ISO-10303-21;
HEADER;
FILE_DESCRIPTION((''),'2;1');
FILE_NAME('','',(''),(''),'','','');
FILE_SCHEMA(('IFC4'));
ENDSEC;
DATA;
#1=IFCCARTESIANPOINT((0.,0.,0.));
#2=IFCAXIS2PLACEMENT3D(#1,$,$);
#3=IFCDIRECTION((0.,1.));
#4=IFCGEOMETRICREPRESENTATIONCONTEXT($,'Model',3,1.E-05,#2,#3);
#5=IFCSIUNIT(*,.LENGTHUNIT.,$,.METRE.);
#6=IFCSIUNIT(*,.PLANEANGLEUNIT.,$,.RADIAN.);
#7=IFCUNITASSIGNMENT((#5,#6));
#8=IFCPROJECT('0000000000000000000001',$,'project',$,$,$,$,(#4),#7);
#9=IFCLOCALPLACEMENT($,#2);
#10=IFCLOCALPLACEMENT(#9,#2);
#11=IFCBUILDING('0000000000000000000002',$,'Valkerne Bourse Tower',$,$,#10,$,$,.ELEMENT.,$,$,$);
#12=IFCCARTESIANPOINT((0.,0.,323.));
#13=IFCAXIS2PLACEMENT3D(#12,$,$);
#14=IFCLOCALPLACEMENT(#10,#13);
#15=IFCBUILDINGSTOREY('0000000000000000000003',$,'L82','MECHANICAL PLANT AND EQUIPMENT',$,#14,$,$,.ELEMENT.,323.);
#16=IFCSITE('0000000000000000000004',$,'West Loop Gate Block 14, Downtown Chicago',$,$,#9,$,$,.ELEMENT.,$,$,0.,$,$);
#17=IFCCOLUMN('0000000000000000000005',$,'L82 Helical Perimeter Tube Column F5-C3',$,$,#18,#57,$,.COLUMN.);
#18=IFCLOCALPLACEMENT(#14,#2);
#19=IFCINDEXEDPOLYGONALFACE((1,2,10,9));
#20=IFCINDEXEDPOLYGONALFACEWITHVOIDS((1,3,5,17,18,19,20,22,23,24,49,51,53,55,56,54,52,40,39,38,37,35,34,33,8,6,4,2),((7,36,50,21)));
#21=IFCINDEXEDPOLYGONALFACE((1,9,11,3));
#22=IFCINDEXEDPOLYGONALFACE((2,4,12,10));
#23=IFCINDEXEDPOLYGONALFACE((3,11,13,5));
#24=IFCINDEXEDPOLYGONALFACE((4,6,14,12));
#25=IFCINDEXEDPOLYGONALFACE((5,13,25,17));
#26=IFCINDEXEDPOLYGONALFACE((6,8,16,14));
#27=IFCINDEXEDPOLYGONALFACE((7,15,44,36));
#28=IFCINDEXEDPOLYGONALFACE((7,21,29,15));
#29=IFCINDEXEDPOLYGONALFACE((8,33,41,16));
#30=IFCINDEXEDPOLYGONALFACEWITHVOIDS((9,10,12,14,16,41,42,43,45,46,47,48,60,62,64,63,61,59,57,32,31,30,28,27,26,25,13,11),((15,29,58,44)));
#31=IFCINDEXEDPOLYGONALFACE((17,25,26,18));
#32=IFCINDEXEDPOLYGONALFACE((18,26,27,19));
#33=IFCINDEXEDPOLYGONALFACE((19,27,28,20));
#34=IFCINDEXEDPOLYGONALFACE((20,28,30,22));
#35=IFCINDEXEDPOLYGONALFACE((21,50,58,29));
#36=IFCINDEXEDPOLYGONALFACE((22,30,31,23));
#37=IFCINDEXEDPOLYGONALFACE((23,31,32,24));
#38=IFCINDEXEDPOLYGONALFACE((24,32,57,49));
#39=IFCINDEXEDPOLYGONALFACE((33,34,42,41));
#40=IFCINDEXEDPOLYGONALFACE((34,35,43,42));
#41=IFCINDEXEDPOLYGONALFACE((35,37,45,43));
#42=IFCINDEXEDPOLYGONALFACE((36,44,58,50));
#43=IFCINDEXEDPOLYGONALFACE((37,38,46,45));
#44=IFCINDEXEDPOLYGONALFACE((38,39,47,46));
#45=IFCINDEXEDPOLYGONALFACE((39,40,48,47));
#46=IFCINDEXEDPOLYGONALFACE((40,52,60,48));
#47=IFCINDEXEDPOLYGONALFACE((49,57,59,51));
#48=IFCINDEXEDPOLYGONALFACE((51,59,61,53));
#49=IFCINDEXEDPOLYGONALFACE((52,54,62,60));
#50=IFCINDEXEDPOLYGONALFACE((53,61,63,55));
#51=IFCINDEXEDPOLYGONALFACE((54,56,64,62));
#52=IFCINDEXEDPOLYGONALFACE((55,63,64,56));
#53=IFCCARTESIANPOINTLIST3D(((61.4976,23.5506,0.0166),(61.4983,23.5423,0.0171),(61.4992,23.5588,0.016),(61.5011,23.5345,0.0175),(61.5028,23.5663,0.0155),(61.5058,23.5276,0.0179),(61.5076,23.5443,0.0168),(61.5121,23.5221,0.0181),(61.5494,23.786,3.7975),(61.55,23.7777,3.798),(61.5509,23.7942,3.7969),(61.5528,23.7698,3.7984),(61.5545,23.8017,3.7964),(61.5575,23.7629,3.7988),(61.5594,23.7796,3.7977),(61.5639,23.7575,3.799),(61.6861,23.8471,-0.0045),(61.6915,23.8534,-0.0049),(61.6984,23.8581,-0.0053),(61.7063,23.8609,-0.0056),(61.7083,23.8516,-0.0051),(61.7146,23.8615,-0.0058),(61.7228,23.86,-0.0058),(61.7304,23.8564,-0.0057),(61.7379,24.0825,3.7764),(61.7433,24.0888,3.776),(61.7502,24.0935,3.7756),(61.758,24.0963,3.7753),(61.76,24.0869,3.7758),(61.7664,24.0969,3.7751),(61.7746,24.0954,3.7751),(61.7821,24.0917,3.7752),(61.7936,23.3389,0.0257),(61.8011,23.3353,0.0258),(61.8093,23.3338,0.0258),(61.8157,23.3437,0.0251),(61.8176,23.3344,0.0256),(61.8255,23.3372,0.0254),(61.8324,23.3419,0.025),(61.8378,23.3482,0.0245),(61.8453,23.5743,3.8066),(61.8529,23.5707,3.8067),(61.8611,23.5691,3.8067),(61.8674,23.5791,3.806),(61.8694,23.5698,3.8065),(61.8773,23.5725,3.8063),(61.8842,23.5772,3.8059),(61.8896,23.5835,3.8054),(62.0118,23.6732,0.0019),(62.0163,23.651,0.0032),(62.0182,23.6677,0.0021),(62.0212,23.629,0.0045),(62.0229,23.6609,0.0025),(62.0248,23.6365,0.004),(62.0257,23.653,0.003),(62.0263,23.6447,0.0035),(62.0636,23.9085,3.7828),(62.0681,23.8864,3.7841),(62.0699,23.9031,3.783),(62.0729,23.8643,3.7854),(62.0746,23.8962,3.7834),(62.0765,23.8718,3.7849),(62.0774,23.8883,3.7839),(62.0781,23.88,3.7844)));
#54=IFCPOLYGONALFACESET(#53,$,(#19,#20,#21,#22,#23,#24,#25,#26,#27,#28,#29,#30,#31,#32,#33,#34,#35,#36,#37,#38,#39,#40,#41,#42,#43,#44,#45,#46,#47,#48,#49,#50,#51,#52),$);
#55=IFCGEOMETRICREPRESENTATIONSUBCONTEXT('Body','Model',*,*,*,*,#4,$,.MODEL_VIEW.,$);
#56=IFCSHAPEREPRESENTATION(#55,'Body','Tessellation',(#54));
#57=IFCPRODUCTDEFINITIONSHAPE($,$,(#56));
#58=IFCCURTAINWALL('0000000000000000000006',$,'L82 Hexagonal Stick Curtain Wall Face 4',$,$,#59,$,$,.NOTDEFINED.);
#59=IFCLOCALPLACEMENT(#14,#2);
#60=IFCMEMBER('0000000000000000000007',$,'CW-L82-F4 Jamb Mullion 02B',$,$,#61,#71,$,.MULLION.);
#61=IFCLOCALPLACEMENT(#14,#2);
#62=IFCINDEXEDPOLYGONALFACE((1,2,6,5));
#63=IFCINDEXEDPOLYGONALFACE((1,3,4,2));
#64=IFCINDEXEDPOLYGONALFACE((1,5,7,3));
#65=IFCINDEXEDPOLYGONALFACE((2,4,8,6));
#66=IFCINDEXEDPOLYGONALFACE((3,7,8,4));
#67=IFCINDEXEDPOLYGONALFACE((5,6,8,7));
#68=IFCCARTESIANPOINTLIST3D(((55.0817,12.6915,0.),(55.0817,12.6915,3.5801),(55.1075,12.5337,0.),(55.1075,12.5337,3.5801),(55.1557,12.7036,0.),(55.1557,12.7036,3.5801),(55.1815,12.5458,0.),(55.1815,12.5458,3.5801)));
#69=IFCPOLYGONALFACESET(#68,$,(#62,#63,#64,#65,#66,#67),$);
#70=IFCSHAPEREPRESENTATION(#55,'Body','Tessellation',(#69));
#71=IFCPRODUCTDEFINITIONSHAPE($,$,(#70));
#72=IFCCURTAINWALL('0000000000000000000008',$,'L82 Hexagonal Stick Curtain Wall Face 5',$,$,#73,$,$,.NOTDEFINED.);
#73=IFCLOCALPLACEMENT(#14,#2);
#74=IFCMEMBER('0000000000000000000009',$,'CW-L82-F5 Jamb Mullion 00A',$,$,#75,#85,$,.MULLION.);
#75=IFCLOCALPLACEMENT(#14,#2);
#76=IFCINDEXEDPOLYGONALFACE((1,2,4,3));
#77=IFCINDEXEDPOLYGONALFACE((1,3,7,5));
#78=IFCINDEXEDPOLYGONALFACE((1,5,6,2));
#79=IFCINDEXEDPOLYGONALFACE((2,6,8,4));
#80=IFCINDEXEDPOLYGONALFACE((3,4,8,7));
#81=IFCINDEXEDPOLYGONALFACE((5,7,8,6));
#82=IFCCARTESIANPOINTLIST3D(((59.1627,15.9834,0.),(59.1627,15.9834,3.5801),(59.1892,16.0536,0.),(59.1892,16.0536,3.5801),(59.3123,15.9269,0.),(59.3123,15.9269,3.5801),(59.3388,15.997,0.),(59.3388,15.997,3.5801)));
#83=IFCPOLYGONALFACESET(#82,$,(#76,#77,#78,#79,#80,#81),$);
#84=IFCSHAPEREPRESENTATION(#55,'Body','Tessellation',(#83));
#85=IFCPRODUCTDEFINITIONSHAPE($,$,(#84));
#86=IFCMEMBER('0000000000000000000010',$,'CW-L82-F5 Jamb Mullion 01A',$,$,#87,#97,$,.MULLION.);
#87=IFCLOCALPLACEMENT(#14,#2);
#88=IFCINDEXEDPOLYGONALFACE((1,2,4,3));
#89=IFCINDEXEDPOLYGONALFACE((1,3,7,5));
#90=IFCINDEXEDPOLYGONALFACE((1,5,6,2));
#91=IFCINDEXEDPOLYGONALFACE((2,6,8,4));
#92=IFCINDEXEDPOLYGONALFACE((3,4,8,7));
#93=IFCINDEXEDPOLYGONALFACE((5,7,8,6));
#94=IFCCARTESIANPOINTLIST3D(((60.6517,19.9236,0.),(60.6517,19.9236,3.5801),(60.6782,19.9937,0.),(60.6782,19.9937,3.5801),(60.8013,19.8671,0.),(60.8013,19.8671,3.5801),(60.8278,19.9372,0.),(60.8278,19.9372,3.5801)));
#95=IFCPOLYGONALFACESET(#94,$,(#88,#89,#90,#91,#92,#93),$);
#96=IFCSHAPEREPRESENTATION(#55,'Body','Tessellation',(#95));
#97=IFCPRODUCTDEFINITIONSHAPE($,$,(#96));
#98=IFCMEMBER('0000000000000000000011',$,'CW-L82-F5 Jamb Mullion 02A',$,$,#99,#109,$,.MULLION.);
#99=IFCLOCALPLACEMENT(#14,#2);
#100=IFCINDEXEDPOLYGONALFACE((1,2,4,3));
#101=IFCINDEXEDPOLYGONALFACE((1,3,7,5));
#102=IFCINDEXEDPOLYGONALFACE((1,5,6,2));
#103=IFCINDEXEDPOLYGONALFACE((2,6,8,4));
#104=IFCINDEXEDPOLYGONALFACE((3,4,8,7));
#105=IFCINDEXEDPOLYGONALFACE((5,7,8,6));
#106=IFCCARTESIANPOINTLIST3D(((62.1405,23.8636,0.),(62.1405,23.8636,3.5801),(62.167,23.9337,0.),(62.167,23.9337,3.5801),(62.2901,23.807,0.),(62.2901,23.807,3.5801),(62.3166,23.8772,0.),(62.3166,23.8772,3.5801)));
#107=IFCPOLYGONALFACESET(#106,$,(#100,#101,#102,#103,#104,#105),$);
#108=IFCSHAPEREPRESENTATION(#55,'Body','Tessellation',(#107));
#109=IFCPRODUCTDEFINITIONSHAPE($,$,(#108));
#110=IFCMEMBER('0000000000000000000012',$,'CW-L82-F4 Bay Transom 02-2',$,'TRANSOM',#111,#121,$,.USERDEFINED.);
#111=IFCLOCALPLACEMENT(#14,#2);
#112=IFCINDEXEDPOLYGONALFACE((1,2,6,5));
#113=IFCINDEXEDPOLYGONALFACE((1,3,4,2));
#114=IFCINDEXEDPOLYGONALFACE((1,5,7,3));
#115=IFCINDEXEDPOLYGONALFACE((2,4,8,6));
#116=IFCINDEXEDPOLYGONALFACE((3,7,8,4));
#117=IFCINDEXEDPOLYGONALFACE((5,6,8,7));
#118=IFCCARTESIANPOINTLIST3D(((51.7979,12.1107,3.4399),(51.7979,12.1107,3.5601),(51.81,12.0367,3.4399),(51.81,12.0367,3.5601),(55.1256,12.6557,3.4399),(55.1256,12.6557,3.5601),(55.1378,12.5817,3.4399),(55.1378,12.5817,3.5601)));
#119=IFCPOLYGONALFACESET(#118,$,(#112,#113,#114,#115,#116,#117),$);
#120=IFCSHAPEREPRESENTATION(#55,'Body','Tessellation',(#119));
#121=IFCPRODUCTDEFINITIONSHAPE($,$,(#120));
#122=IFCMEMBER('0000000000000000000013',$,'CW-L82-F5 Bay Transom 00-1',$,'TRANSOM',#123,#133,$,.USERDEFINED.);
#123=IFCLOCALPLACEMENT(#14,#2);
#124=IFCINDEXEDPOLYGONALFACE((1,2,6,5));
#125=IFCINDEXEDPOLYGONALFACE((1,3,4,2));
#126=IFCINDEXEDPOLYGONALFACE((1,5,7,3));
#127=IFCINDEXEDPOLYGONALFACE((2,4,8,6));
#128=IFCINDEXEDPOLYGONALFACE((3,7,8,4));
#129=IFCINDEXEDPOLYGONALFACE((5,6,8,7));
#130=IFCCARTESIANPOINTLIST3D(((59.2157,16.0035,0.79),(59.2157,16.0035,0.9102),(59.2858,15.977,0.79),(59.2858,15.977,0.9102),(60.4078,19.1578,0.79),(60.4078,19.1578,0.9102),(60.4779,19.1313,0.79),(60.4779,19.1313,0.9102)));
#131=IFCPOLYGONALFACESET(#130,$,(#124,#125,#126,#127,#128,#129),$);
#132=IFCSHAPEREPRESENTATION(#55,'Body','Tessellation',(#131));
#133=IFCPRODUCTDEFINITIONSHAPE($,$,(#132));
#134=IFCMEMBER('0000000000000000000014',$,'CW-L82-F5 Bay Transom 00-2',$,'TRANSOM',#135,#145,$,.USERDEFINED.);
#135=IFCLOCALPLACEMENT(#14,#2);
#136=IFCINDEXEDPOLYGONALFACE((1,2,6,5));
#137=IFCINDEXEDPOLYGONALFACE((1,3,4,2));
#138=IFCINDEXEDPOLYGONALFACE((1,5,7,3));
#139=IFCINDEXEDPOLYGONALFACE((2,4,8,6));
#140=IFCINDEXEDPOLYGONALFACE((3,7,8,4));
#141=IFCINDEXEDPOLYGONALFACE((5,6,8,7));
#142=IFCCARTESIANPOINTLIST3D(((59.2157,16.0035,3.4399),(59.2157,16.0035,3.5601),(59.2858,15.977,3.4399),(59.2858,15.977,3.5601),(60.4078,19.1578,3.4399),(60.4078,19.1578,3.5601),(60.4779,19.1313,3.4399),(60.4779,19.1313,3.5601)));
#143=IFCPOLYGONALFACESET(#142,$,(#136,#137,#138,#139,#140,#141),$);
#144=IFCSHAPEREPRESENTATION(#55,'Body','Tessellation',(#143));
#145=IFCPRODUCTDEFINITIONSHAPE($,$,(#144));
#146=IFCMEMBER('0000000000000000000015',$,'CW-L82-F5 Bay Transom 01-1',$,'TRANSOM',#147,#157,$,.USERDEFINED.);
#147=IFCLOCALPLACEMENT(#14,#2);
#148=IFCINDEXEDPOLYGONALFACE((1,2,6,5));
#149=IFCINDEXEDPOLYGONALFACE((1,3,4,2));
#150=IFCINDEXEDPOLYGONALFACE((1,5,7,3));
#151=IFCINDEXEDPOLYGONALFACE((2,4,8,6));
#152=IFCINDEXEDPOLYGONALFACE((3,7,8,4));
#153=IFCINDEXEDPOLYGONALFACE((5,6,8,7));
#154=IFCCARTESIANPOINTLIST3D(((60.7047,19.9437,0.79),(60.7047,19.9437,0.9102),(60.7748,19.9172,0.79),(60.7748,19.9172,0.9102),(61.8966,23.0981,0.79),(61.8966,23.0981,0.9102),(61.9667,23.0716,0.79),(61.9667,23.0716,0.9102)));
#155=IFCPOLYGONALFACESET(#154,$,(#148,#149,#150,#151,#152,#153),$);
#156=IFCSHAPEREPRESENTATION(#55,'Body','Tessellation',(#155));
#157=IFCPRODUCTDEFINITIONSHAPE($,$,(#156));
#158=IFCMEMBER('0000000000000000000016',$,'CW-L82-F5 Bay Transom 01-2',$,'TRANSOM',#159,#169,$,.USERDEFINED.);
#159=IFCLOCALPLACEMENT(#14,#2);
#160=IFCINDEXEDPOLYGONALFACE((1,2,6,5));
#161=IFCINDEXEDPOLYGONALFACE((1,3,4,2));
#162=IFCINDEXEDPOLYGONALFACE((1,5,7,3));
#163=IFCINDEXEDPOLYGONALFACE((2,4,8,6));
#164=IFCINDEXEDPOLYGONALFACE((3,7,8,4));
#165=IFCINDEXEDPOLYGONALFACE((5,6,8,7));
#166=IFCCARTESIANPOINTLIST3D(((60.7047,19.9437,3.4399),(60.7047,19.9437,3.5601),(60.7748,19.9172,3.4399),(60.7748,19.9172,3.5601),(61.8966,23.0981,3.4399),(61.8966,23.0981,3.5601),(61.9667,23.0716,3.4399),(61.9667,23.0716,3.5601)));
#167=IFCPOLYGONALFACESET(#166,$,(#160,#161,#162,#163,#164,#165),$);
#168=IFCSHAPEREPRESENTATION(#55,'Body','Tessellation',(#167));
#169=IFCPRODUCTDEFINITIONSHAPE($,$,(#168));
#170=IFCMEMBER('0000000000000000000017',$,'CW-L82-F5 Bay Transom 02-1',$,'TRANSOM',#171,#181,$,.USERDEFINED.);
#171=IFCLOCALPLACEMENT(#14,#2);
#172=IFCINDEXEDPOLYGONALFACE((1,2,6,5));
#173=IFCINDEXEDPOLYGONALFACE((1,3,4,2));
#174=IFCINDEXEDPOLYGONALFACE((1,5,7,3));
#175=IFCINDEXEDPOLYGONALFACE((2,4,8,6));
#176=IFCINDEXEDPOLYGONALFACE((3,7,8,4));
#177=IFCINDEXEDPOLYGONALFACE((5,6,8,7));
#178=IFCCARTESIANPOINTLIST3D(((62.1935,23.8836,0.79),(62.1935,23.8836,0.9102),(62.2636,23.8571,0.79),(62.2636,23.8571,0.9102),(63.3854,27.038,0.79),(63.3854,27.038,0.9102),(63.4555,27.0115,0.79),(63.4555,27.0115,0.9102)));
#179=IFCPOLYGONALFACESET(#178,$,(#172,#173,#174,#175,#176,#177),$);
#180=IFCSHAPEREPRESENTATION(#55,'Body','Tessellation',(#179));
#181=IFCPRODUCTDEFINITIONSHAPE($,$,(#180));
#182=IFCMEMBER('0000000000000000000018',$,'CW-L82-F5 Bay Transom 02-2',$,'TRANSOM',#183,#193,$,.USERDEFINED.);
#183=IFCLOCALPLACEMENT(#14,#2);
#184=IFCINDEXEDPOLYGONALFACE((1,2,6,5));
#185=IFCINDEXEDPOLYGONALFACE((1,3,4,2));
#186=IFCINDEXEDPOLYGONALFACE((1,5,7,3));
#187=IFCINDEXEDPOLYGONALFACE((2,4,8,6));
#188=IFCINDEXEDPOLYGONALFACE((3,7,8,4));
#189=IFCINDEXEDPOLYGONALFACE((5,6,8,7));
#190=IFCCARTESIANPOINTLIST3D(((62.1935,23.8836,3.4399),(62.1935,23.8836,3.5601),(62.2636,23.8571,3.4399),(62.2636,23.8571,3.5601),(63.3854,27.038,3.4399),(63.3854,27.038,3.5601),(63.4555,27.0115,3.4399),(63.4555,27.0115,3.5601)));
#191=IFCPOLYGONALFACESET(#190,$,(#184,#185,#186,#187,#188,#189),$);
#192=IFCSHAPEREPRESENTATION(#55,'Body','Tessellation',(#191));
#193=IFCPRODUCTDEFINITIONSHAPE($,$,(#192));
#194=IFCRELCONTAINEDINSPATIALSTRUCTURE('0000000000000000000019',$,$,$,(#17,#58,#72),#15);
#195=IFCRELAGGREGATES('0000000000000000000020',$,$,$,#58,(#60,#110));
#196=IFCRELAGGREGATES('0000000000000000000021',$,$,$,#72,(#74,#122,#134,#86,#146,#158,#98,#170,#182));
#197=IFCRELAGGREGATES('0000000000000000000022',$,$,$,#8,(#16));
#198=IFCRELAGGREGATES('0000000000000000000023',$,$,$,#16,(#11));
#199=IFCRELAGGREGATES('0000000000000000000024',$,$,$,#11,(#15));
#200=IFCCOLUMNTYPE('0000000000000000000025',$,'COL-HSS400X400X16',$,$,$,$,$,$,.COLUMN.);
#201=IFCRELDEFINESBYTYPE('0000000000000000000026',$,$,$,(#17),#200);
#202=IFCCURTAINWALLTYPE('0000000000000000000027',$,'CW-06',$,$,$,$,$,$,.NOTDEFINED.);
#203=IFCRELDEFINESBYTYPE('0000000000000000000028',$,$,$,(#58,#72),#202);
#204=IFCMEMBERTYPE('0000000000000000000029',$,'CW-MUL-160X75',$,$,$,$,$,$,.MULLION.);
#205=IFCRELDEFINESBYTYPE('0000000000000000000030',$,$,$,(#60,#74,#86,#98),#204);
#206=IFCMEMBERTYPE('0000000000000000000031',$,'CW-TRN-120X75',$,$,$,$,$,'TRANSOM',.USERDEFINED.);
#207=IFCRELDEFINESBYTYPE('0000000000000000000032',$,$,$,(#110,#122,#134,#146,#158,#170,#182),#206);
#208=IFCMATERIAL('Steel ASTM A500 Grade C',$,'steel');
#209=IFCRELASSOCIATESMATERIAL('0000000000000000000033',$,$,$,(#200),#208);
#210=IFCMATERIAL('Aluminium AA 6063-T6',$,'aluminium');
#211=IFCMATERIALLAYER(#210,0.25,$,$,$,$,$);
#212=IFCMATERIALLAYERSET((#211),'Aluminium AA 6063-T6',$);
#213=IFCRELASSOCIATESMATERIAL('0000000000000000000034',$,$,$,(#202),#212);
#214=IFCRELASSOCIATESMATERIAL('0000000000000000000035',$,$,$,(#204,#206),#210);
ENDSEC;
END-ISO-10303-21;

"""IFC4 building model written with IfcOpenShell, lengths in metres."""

from ifc_helpers import new_model, si_unit, direction, frame, origin, origin_2d, place, context, subcontext, project, spatial, rectangle, hollow_rectangle, extrude, material, layer, layer_set, material_profile, profile_set, type_object, element, aggregate, save


model = new_model("IFC4")

# Units and contexts
model_context = context("Model", 3, precision=1e-05, world=origin(), true_north=direction((0.0, 1.0)))
body_context = subcontext(model_context, "Body", "Model", "MODEL_VIEW")
ifc_project = project(units=[si_unit("LENGTHUNIT", "METRE"), si_unit("PLANEANGLEUNIT", "RADIAN")], contexts=[model_context])

# Site, building, storey
site_placement = place(None, origin())
site = spatial("IfcSite", under=ifc_project, at=site_placement, Name="West Loop Gate Block 14, Downtown Chicago", CompositionType="ELEMENT", RefElevation=0.0)
building_placement = place(site_placement, origin())
building = spatial("IfcBuilding", under=site, at=building_placement, Name="Valkerne Bourse Tower", CompositionType="ELEMENT")
storey_placement = place(building_placement, frame((0.0, 0.0, 323.0)))
storey = spatial("IfcBuildingStorey", under=building, at=storey_placement, Name="L82", Description="MECHANICAL PLANT AND EQUIPMENT", CompositionType="ELEMENT", Elevation=323.0)

# Column
ifc_material_1 = material(Name="Steel ASTM A500 Grade C", Category="steel")
ifc_material_profile_1 = material_profile(ifc_material_1, hollow_rectangle(XDim=0.3999, YDim=0.3999, WallThickness=0.0161, OuterFilletRadius=0.032, at=origin_2d()), Name="HSS400X400X16")
ifc_profile_set_1 = profile_set([ifc_material_profile_1], Name="Steel ASTM A500 Grade C")
column_type = type_object("IfcColumnType", Name="COL-HSS400X400X16", PredefinedType="COLUMN", material=ifc_profile_set_1)
for number, where, z_axis, x_axis, name in (
    (1, (61.762, 23.5977, 0.01), (0.013661, 0.06212, 0.997975), (-0.545737, -0.835841, 0.059498), "L82 Helical Perimeter Tube Column F5-C3"),
):
    element("IfcColumn", number, at=place(storey_placement, frame(where, z_axis=z_axis, x_axis=x_axis)), inside=storey, type_object=column_type, Name=name, PredefinedType="COLUMN", context=body_context, shape_type="SweptSolid", body=[
        extrude(hollow_rectangle(XDim=0.3999, YDim=0.3999, WallThickness=0.0161, OuterFilletRadius=0.032, at=origin_2d()), origin(), (0.0, 0.0, 1.0), 3.7886),
    ])

# Curtain wall, member
ifc_material_2 = material(Name="Aluminium AA 6063-T6", Category="aluminium")
ifc_layer_1 = layer(ifc_material_2, 0.25)
ifc_layer_set_1 = layer_set([ifc_layer_1], Name="Aluminium AA 6063-T6")
curtain_wall_type = type_object("IfcCurtainWallType", Name="CW-06", PredefinedType="NOTDEFINED", material=ifc_layer_set_1)
curtain_wall_1_placement = place(storey_placement, origin())
curtain_wall_1 = element("IfcCurtainWall", 2, at=curtain_wall_1_placement, inside=storey, type_object=curtain_wall_type, Name="L82 Hexagonal Stick Curtain Wall Face 4", PredefinedType="NOTDEFINED")
ifc_material_profile_2 = material_profile(ifc_material_2, rectangle(XDim=0.075, YDim=0.1599, at=origin_2d()), Name="CWM-75X160")
ifc_profile_set_2 = profile_set([ifc_material_profile_2], Name="Aluminium AA 6063-T6")
member_type_1 = type_object("IfcMemberType", Name="CW-MUL-160X75", PredefinedType="MULLION", material=ifc_profile_set_2)
member_1_placement = place(storey_placement, frame((55.1316, 12.6187, 0.0), z_axis=(0.0, 0.0, 1.0), x_axis=(0.986858, 0.161588, 0.0)))
member_1 = element("IfcMember", 3, at=member_1_placement, type_object=member_type_1, Name="CW-L82-F4 Jamb Mullion 02B", PredefinedType="MULLION", context=body_context, shape_type="SweptSolid", body=[
    extrude(rectangle(XDim=0.075, YDim=0.1599, at=origin_2d()), origin(), (0.0, 0.0, 1.0), 3.5801),
])

# Curtain wall, members
curtain_wall_2_placement = place(storey_placement, origin())
curtain_wall_2 = element("IfcCurtainWall", 4, at=curtain_wall_2_placement, inside=storey, type_object=curtain_wall_type, Name="L82 Hexagonal Stick Curtain Wall Face 5", PredefinedType="NOTDEFINED")
member_2_placement = place(storey_placement, frame((59.2507, 15.9902, 0.0), z_axis=(0.0, 0.0, 1.0), x_axis=(0.353487, 0.935439, 0.0)))
member_2 = element("IfcMember", 5, at=member_2_placement, type_object=member_type_1, Name="CW-L82-F5 Jamb Mullion 00A", PredefinedType="MULLION", context=body_context, shape_type="SweptSolid", body=[
    extrude(rectangle(XDim=0.075, YDim=0.1599, at=origin_2d()), origin(), (0.0, 0.0, 1.0), 3.5801),
])
member_3_placement = place(storey_placement, frame((60.7397, 19.9304, 0.0), z_axis=(0.0, 0.0, 1.0), x_axis=(0.353467, 0.935447, 0.0)))
member_3 = element("IfcMember", 6, at=member_3_placement, type_object=member_type_1, Name="CW-L82-F5 Jamb Mullion 01A", PredefinedType="MULLION", context=body_context, shape_type="SweptSolid", body=[
    extrude(rectangle(XDim=0.075, YDim=0.1599, at=origin_2d()), origin(), (0.0, 0.0, 1.0), 3.5801),
])
member_4_placement = place(storey_placement, frame((62.2285, 23.8704, 0.0), z_axis=(0.0, 0.0, 1.0), x_axis=(0.353467, 0.935447, 0.0)))
member_4 = element("IfcMember", 7, at=member_4_placement, type_object=member_type_1, Name="CW-L82-F5 Jamb Mullion 02A", PredefinedType="MULLION", context=body_context, shape_type="SweptSolid", body=[
    extrude(rectangle(XDim=0.075, YDim=0.1599, at=origin_2d()), origin(), (0.0, 0.0, 1.0), 3.5801),
])

# Members
ifc_material_profile_3 = material_profile(ifc_material_2, rectangle(XDim=0.075, YDim=0.1201, at=origin_2d()), Name="CWT-75X120")
ifc_profile_set_3 = profile_set([ifc_material_profile_3], Name="Aluminium AA 6063-T6")
member_type_2 = type_object("IfcMemberType", Name="CW-TRN-120X75", ElementType="TRANSOM", PredefinedType="USERDEFINED", material=ifc_profile_set_3)
member_5_placement = place(storey_placement, frame((51.804, 12.0737, 3.5), z_axis=(0.986856, 0.161604, 0.0), x_axis=(-0.161604, 0.986856, 0.0)))
member_5 = element("IfcMember", 8, at=member_5_placement, type_object=member_type_2, Name="CW-L82-F4 Bay Transom 02-2", ObjectType="TRANSOM", PredefinedType="USERDEFINED", context=body_context, shape_type="SweptSolid", body=[
    extrude(rectangle(XDim=0.075, YDim=0.1201, at=origin_2d()), origin(), (0.0, 0.0, 1.0), 3.3721),
])
member_6_placement = place(storey_placement, frame((59.2507, 15.9902, 0.8501), z_axis=(0.353534, 0.935422, 0.0), x_axis=(-0.935422, 0.353534, 0.0)))
member_6 = element("IfcMember", 9, at=member_6_placement, type_object=member_type_2, Name="CW-L82-F5 Bay Transom 00-1", ObjectType="TRANSOM", PredefinedType="USERDEFINED", context=body_context, shape_type="SweptSolid", body=[
    extrude(rectangle(XDim=0.075, YDim=0.1201, at=origin_2d()), origin(), (0.0, 0.0, 1.0), 3.3721),
])
member_7_placement = place(storey_placement, frame((59.2507, 15.9902, 3.5), z_axis=(0.353534, 0.935422, 0.0), x_axis=(-0.935422, 0.353534, 0.0)))
member_7 = element("IfcMember", 10, at=member_7_placement, type_object=member_type_2, Name="CW-L82-F5 Bay Transom 00-2", ObjectType="TRANSOM", PredefinedType="USERDEFINED", context=body_context, shape_type="SweptSolid", body=[
    extrude(rectangle(XDim=0.075, YDim=0.1201, at=origin_2d()), origin(), (0.0, 0.0, 1.0), 3.3721),
])
member_8_placement = place(storey_placement, frame((60.7397, 19.9304, 0.8501), z_axis=(0.353471, 0.935445, 0.0), x_axis=(-0.935445, 0.353471, 0.0)))
member_8 = element("IfcMember", 11, at=member_8_placement, type_object=member_type_2, Name="CW-L82-F5 Bay Transom 01-1", ObjectType="TRANSOM", PredefinedType="USERDEFINED", context=body_context, shape_type="SweptSolid", body=[
    extrude(rectangle(XDim=0.075, YDim=0.1201, at=origin_2d()), origin(), (0.0, 0.0, 1.0), 3.3721),
])
member_9_placement = place(storey_placement, frame((60.7397, 19.9304, 3.5), z_axis=(0.353471, 0.935445, 0.0), x_axis=(-0.935445, 0.353471, 0.0)))
member_9 = element("IfcMember", 12, at=member_9_placement, type_object=member_type_2, Name="CW-L82-F5 Bay Transom 01-2", ObjectType="TRANSOM", PredefinedType="USERDEFINED", context=body_context, shape_type="SweptSolid", body=[
    extrude(rectangle(XDim=0.075, YDim=0.1201, at=origin_2d()), origin(), (0.0, 0.0, 1.0), 3.3721),
])
member_10_placement = place(storey_placement, frame((62.2285, 23.8704, 0.8501), z_axis=(0.353471, 0.935445, 0.0), x_axis=(-0.935445, 0.353471, 0.0)))
member_10 = element("IfcMember", 13, at=member_10_placement, type_object=member_type_2, Name="CW-L82-F5 Bay Transom 02-1", ObjectType="TRANSOM", PredefinedType="USERDEFINED", context=body_context, shape_type="SweptSolid", body=[
    extrude(rectangle(XDim=0.075, YDim=0.1201, at=origin_2d()), origin(), (0.0, 0.0, 1.0), 3.3721),
])
member_11_placement = place(storey_placement, frame((62.2285, 23.8704, 3.5), z_axis=(0.353471, 0.935445, 0.0), x_axis=(-0.935445, 0.353471, 0.0)))
member_11 = element("IfcMember", 14, at=member_11_placement, type_object=member_type_2, Name="CW-L82-F5 Bay Transom 02-2", ObjectType="TRANSOM", PredefinedType="USERDEFINED", context=body_context, shape_type="SweptSolid", body=[
    extrude(rectangle(XDim=0.075, YDim=0.1201, at=origin_2d()), origin(), (0.0, 0.0, 1.0), 3.3721),
])

aggregate(curtain_wall_1, [member_1, member_5])
aggregate(curtain_wall_2, [member_2, member_6, member_7, member_3, member_8, member_9, member_4, member_10, member_11])

save(model, "model.ifc")
